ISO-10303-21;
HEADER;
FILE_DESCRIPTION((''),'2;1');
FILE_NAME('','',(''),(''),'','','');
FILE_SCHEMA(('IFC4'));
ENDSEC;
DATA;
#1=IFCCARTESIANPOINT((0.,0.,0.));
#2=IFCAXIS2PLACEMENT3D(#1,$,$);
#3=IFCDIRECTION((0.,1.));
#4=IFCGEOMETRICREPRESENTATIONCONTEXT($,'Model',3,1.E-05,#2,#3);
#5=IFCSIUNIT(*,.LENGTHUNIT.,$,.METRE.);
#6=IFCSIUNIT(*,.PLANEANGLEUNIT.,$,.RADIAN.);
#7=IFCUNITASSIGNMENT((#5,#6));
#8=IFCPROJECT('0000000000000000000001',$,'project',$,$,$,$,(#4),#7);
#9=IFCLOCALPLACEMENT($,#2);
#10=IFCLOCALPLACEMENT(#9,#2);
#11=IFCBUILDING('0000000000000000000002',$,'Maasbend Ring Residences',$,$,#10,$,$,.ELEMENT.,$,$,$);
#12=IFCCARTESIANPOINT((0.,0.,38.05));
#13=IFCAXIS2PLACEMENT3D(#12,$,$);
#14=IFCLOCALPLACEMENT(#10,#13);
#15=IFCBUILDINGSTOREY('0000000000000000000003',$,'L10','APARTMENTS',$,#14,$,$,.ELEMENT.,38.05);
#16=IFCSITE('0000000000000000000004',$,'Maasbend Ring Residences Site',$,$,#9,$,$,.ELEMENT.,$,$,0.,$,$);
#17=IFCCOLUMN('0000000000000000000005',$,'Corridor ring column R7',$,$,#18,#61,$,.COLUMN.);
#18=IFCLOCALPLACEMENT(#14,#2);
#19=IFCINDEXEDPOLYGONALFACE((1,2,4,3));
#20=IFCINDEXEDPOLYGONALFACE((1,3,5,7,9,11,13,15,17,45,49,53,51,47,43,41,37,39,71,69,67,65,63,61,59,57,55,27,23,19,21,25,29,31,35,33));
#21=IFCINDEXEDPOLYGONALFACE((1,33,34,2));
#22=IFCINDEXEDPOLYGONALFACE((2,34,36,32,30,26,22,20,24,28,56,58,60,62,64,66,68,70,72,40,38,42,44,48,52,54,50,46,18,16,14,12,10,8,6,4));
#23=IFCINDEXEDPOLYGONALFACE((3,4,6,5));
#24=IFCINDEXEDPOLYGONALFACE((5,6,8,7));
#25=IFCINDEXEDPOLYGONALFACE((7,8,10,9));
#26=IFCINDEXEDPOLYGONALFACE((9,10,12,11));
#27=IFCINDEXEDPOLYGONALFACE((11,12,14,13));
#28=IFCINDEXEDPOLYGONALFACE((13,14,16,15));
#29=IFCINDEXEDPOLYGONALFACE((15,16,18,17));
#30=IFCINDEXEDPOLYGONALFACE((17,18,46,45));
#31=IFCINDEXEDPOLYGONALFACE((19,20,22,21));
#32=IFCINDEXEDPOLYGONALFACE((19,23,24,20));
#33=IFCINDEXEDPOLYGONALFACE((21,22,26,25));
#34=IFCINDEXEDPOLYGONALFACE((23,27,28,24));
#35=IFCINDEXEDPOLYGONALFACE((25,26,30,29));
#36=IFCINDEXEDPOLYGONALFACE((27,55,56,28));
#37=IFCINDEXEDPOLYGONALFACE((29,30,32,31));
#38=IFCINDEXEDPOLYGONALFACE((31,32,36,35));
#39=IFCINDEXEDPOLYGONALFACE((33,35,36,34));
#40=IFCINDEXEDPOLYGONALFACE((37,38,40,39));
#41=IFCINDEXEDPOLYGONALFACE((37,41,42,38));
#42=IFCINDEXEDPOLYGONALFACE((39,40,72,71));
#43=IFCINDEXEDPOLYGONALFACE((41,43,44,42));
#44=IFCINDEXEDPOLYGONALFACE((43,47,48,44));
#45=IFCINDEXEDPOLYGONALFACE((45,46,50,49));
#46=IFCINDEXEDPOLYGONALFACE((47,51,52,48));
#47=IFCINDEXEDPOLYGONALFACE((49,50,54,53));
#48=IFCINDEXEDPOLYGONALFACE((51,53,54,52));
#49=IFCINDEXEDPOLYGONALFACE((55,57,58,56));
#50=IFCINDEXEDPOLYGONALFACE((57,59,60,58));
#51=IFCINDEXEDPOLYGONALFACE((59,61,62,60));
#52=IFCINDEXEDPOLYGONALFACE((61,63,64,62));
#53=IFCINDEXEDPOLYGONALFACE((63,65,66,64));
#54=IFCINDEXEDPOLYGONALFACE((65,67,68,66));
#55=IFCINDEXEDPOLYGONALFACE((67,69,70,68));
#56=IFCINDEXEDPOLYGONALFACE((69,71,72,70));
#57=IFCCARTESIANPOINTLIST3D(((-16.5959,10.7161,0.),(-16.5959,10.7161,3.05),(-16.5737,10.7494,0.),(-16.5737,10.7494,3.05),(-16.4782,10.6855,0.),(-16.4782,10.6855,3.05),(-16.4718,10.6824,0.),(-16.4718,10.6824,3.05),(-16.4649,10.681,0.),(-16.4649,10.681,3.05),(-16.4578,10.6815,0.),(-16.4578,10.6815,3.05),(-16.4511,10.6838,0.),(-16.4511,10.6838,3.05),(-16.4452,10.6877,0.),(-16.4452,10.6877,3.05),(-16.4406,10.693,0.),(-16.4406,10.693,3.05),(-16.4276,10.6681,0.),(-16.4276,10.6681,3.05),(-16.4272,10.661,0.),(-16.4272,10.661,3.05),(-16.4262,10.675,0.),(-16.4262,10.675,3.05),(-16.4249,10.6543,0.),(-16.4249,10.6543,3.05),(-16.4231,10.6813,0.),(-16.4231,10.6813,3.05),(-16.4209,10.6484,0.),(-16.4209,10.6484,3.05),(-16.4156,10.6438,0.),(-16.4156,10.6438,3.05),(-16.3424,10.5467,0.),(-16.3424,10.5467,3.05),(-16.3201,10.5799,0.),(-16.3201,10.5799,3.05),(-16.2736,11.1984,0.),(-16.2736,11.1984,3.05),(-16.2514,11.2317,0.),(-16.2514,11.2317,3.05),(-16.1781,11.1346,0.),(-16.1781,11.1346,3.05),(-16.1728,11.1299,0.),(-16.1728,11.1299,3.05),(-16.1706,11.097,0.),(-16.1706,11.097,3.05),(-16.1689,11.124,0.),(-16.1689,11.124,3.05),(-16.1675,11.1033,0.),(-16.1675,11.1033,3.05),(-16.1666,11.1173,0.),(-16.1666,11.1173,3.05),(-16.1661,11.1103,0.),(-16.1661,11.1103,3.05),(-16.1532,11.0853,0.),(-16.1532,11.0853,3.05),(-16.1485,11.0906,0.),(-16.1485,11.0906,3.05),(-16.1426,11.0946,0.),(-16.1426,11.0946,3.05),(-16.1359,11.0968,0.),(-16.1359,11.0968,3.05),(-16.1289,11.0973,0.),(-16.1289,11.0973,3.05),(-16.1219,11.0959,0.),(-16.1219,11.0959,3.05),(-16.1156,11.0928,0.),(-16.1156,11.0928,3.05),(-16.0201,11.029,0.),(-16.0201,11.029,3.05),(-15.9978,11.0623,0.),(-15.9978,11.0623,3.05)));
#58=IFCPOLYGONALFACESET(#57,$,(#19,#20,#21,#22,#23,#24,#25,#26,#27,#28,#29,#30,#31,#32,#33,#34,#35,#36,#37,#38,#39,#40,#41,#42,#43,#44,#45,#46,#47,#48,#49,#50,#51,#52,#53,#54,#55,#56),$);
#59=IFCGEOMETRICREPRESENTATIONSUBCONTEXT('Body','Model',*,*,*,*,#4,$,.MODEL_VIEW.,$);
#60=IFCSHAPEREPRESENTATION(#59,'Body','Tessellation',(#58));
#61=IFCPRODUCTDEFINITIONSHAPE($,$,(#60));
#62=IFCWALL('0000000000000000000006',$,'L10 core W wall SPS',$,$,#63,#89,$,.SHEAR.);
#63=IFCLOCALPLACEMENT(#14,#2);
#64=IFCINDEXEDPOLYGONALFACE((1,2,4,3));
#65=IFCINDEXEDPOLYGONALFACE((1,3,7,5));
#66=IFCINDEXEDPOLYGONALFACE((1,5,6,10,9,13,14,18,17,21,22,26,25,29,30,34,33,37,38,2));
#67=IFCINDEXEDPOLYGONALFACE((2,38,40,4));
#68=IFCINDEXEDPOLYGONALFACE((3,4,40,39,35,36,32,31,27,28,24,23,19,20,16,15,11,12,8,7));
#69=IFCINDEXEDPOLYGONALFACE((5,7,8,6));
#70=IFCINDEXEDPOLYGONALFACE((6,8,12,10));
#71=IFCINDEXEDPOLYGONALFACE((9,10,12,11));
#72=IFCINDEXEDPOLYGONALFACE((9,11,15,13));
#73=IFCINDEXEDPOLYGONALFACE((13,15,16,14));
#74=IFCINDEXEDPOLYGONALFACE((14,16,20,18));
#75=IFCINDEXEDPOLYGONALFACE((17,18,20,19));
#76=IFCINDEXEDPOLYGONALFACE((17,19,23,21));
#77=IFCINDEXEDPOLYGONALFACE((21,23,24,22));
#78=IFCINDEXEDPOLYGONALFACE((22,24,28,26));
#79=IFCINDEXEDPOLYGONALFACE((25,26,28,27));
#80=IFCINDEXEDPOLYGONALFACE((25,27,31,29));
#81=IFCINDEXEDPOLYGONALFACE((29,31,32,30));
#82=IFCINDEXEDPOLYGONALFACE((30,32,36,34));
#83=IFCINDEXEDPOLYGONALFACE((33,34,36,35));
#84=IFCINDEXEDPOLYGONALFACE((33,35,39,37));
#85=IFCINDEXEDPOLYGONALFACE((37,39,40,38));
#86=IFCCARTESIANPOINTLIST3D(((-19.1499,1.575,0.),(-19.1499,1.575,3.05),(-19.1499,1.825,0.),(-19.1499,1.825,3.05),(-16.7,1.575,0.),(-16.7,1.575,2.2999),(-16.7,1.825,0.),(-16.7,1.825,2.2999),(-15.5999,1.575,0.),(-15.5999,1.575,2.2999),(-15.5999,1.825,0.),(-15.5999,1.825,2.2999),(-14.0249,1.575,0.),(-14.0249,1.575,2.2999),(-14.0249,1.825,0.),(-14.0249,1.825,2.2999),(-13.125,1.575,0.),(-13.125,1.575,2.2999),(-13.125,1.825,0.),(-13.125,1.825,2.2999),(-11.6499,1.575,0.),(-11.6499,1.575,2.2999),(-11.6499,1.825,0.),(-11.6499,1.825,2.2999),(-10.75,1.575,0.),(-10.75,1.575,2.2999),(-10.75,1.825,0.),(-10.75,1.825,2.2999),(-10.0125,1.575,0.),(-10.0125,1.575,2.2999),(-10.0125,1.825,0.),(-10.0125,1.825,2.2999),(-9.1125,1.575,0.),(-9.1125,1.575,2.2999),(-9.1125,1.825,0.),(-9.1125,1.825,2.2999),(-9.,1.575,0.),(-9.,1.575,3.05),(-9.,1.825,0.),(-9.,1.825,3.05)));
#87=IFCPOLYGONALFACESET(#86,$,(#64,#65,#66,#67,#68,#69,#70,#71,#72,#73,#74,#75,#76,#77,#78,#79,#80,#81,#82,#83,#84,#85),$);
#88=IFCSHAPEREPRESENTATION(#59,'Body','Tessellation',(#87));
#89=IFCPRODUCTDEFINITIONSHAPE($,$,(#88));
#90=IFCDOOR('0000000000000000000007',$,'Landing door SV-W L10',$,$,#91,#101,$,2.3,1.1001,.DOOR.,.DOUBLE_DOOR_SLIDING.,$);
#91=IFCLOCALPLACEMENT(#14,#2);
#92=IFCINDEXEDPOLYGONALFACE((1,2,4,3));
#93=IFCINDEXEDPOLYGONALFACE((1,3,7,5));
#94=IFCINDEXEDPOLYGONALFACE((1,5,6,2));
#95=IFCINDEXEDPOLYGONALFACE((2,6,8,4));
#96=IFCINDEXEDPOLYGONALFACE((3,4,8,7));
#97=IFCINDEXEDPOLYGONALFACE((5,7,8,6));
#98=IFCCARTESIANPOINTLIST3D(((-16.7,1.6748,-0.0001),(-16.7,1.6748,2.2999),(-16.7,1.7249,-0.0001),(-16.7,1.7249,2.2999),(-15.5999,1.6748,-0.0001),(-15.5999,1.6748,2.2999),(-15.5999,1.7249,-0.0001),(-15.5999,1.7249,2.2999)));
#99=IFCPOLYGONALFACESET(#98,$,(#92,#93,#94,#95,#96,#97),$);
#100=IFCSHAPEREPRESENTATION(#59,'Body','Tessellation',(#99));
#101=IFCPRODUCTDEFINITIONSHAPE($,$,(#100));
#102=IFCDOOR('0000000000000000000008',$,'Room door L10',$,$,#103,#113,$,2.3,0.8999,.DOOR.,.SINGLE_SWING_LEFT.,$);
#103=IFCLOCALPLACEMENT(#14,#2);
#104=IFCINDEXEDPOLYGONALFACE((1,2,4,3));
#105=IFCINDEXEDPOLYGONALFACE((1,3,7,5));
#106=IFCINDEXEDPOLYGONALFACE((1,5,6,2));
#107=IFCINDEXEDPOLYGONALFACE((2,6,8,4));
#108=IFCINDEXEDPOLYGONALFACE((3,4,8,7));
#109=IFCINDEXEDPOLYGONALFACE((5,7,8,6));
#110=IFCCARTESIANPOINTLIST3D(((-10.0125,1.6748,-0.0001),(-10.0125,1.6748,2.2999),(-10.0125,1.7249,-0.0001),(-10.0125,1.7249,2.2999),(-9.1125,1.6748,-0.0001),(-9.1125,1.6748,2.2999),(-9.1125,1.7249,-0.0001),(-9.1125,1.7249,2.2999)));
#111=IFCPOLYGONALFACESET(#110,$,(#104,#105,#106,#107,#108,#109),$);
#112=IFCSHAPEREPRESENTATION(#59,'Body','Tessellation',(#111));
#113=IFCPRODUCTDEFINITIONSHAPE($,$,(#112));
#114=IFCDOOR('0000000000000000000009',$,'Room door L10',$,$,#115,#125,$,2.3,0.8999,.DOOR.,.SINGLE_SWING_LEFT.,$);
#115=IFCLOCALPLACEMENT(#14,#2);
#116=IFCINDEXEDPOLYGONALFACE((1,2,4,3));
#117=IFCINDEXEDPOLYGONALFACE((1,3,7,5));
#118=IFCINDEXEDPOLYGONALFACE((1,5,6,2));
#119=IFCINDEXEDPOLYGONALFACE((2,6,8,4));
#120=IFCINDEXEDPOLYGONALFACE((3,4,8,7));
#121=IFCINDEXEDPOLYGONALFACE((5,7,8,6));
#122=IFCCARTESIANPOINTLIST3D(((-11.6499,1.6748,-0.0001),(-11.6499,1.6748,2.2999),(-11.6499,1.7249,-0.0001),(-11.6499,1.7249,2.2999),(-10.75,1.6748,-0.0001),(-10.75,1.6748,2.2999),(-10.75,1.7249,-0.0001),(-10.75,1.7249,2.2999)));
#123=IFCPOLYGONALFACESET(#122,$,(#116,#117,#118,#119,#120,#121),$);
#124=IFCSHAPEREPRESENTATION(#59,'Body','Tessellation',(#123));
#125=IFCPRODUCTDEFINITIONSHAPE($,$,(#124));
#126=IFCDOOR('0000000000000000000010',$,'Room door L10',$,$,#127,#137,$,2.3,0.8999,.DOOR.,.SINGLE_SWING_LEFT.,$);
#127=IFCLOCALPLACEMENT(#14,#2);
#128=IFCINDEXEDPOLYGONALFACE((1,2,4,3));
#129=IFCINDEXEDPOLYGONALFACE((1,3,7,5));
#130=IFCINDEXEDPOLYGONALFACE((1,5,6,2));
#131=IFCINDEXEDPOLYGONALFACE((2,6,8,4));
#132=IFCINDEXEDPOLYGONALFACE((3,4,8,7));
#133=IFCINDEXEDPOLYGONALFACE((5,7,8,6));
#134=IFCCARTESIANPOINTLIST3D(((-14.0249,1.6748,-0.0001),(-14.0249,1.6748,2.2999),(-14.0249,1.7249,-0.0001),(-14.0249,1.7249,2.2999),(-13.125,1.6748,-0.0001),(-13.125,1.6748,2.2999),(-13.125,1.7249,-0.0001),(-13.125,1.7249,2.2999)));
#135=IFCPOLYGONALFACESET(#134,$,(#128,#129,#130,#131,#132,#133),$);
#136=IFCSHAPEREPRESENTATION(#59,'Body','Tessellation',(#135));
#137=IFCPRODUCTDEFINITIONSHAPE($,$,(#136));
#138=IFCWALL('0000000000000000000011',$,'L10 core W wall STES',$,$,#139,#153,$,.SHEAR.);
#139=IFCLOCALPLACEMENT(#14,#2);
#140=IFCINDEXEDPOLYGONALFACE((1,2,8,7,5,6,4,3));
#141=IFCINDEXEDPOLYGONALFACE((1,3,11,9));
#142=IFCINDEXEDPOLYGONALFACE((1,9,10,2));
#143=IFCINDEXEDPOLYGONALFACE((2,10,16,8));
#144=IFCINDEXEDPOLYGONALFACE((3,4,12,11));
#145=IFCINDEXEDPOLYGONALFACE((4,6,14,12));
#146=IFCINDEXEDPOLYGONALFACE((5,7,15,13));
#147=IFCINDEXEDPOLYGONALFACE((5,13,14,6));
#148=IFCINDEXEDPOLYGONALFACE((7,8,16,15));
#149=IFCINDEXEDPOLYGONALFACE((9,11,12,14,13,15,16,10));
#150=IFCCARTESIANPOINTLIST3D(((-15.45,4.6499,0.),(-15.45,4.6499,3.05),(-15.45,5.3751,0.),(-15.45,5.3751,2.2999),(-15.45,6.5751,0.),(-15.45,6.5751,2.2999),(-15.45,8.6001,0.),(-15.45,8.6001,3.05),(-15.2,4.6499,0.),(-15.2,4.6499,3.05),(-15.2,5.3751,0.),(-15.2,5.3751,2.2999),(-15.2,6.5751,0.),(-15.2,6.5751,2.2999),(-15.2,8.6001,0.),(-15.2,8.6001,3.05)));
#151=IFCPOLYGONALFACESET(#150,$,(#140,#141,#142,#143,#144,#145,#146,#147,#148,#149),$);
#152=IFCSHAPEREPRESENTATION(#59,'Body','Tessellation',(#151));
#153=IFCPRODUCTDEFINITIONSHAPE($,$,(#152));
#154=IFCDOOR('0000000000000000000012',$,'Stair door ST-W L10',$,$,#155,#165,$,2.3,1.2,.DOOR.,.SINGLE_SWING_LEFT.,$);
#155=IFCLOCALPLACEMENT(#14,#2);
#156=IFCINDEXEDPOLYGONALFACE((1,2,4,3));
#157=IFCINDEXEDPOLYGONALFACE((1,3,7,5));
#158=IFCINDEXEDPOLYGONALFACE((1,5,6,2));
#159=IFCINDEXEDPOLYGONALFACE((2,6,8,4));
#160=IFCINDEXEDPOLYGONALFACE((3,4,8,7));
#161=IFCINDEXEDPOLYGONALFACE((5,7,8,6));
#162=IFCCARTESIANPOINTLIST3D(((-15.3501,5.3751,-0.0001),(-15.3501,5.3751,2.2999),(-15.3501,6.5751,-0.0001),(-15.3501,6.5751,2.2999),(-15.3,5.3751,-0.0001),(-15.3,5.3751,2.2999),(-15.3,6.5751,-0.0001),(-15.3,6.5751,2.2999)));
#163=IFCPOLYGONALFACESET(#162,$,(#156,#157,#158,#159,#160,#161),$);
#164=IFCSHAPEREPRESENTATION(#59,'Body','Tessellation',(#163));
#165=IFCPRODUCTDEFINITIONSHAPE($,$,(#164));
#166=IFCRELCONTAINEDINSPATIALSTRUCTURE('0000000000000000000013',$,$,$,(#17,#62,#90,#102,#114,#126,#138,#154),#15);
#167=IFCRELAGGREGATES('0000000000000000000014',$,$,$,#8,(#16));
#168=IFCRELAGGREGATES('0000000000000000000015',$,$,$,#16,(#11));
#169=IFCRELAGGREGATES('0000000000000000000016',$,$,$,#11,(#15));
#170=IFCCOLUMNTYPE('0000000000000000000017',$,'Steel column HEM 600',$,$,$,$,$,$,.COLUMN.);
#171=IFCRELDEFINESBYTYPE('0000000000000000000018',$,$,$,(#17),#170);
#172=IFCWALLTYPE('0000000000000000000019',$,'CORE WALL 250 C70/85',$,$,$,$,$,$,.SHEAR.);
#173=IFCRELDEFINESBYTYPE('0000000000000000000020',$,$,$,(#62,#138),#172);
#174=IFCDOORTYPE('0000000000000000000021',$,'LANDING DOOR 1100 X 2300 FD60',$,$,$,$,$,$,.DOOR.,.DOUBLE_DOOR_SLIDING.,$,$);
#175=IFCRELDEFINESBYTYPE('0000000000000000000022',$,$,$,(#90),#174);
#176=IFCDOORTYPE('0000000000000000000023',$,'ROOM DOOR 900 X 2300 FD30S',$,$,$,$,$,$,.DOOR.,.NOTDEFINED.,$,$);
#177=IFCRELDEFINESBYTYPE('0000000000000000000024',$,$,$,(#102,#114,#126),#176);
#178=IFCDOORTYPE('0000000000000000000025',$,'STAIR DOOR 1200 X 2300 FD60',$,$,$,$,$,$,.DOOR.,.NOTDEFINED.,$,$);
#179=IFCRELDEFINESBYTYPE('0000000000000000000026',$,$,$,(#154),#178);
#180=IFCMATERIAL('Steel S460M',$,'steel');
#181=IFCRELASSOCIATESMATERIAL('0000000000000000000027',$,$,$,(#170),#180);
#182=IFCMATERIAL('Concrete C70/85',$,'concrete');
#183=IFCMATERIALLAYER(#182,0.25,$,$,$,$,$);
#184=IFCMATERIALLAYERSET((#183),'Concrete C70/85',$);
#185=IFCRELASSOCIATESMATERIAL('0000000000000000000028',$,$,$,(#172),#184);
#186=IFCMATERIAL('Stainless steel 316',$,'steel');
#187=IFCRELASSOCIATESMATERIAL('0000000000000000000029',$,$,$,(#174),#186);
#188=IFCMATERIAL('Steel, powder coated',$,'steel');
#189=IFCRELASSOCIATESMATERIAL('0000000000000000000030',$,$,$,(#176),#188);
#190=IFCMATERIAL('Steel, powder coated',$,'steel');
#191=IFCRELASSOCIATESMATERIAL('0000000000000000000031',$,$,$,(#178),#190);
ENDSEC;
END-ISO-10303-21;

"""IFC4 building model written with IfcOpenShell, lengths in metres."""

from ifc_helpers import new_model, si_unit, direction, frame, frame_2d, origin, origin_2d, place, context, subcontext, project, spatial, rectangle, i_section, extrude, material, layer, layer_set, material_profile, profile_set, type_object, element, fill, save


model = new_model("IFC4")

# Units and contexts
model_context = context("Model", 3, precision=1e-05, world=origin(), true_north=direction((0.0, 1.0)))
body_context = subcontext(model_context, "Body", "Model", "MODEL_VIEW")
ifc_project = project(units=[si_unit("LENGTHUNIT", "METRE"), si_unit("PLANEANGLEUNIT", "RADIAN")], contexts=[model_context])

# Site, building, storey
site_placement = place(None, origin())
site = spatial("IfcSite", under=ifc_project, at=site_placement, Name="Maasbend Ring Residences Site", CompositionType="ELEMENT", RefElevation=0.0)
building_placement = place(site_placement, origin())
building = spatial("IfcBuilding", under=site, at=building_placement, Name="Maasbend Ring Residences", CompositionType="ELEMENT")
storey_placement = place(building_placement, frame((0.0, 0.0, 38.05)))
storey = spatial("IfcBuildingStorey", under=building, at=storey_placement, Name="L10", Description="APARTMENTS", CompositionType="ELEMENT", Elevation=38.05)

# Column
ifc_material_1 = material(Name="Steel S460M", Category="steel")
ifc_material_profile = material_profile(ifc_material_1, i_section(OverallWidth=0.3049, OverallDepth=0.6201, WebThickness=0.021, FlangeThickness=0.04, FilletRadius=0.0271, at=origin_2d()), Name="HEM 600")
ifc_profile_set = profile_set([ifc_material_profile], Name="Steel S460M")
column_type = type_object("IfcColumnType", Name="Steel column HEM 600", PredefinedType="COLUMN", material=ifc_profile_set)
column_placement = place(storey_placement, frame((-16.2969, 10.8892, 0.0), z_axis=(0.0, 0.0, 1.0), x_axis=(-0.83147, 0.55557, 0.0)))
element("IfcColumn", 1, at=column_placement, inside=storey, type_object=column_type, Name="Corridor ring column R7", PredefinedType="COLUMN", context=body_context, shape_type="SweptSolid", body=[
    extrude(i_section(OverallWidth=0.3049, OverallDepth=0.6201, WebThickness=0.021, FlangeThickness=0.04, FilletRadius=0.0271, at=origin_2d()), origin(), (0.0, 0.0, 1.0), 3.05),
])

# Wall, openings, doors
ifc_material_2 = material(Name="Concrete C70/85", Category="concrete")
ifc_layer_1 = layer(ifc_material_2, 0.25)
ifc_layer_set_1 = layer_set([ifc_layer_1], Name="Concrete C70/85")
wall_type_1 = type_object("IfcWallType", Name="CORE WALL 250 C70/85", PredefinedType="SHEAR", material=ifc_layer_set_1)
wall_1_placement = place(storey_placement, frame((-19.1499, 1.7, 0.0), z_axis=(0.0, 0.0, 1.0), x_axis=(1.0, 0.0, 0.0)))
wall_1 = element("IfcWall", 2, at=wall_1_placement, inside=storey, type_object=wall_type_1, Name="L10 core W wall SPS", PredefinedType="SHEAR", context=body_context, shape_type="SweptSolid", body=[
    extrude(rectangle(XDim=10.1499, YDim=0.25, at=frame_2d((5.075, 0.0))), origin(), (0.0, 0.0, 1.0), 3.05),
])
opening_1_placement = place(wall_1_placement, frame((2.45, 0.0, 0.0)))
opening_1 = element("IfcOpeningElement", 3, at=opening_1_placement, cuts=wall_1, PredefinedType="OPENING", context=body_context, shape_type="SweptSolid", body=[
    extrude(rectangle(XDim=1.1001, YDim=2.3, at=frame_2d((0.55, 1.1499))), frame((0.0, 0.135, 0.0), z_axis=(0.0, -1.0, 0.0), x_axis=(1.0, 0.0, 0.0)), (0.0, 0.0, 1.0), 0.27),
])
opening_2_placement = place(wall_1_placement, frame((9.1375, 0.0, 0.0)))
opening_2 = element("IfcOpeningElement", 4, at=opening_2_placement, cuts=wall_1, PredefinedType="OPENING", context=body_context, shape_type="SweptSolid", body=[
    extrude(rectangle(XDim=0.8999, YDim=2.3, at=frame_2d((0.45, 1.1499))), frame((0.0, 0.135, 0.0), z_axis=(0.0, -1.0, 0.0), x_axis=(1.0, 0.0, 0.0)), (0.0, 0.0, 1.0), 0.27),
])
opening_3_placement = place(wall_1_placement, frame((7.5, 0.0, 0.0)))
opening_3 = element("IfcOpeningElement", 5, at=opening_3_placement, cuts=wall_1, PredefinedType="OPENING", context=body_context, shape_type="SweptSolid", body=[
    extrude(rectangle(XDim=0.8999, YDim=2.3, at=frame_2d((0.45, 1.1499))), frame((0.0, 0.135, 0.0), z_axis=(0.0, -1.0, 0.0), x_axis=(1.0, 0.0, 0.0)), (0.0, 0.0, 1.0), 0.27),
])
opening_4_placement = place(wall_1_placement, frame((5.125, 0.0, 0.0)))
opening_4 = element("IfcOpeningElement", 6, at=opening_4_placement, cuts=wall_1, PredefinedType="OPENING", context=body_context, shape_type="SweptSolid", body=[
    extrude(rectangle(XDim=0.8999, YDim=2.3, at=frame_2d((0.45, 1.1499))), frame((0.0, 0.135, 0.0), z_axis=(0.0, -1.0, 0.0), x_axis=(1.0, 0.0, 0.0)), (0.0, 0.0, 1.0), 0.27),
])
ifc_material_3 = material(Name="Stainless steel 316", Category="steel")
door_type_1 = type_object("IfcDoorType", Name="LANDING DOOR 1100 X 2300 FD60", OperationType="DOUBLE_DOOR_SLIDING", PredefinedType="DOOR", material=ifc_material_3)
door_1_placement = place(opening_1_placement, origin())
door_1 = element("IfcDoor", 7, at=door_1_placement, inside=storey, type_object=door_type_1, Name="Landing door SV-W L10", OperationType="DOUBLE_DOOR_SLIDING", OverallHeight=2.3, OverallWidth=1.1001, PredefinedType="DOOR", context=body_context, shape_type="SweptSolid", body=[
    extrude(rectangle(XDim=1.1001, YDim=2.3, at=frame_2d((0.55, 1.1499))), frame((0.0, 0.0249, 0.0), z_axis=(0.0, -1.0, 0.0), x_axis=(1.0, 0.0, 0.0)), (0.0, 0.0, 1.0), 0.05),
])
fill(opening_1, door_1)
ifc_material_4 = material(Name="Steel, powder coated", Category="steel")
door_type_2 = type_object("IfcDoorType", Name="ROOM DOOR 900 X 2300 FD30S", OperationType="NOTDEFINED", PredefinedType="DOOR", material=ifc_material_4)
door_2_placement = place(opening_2_placement, origin())
door_2 = element("IfcDoor", 8, at=door_2_placement, inside=storey, type_object=door_type_2, Name="Room door L10", OperationType="SINGLE_SWING_LEFT", OverallHeight=2.3, OverallWidth=0.8999, PredefinedType="DOOR", context=body_context, shape_type="SweptSolid", body=[
    extrude(rectangle(XDim=0.8999, YDim=2.3, at=frame_2d((0.45, 1.1499))), frame((0.0, 0.0249, 0.0), z_axis=(0.0, -1.0, 0.0), x_axis=(1.0, 0.0, 0.0)), (0.0, 0.0, 1.0), 0.05),
])
fill(opening_2, door_2)
door_3_placement = place(opening_3_placement, origin())
door_3 = element("IfcDoor", 9, at=door_3_placement, inside=storey, type_object=door_type_2, Name="Room door L10", OperationType="SINGLE_SWING_LEFT", OverallHeight=2.3, OverallWidth=0.8999, PredefinedType="DOOR", context=body_context, shape_type="SweptSolid", body=[
    extrude(rectangle(XDim=0.8999, YDim=2.3, at=frame_2d((0.45, 1.1499))), frame((0.0, 0.0249, 0.0), z_axis=(0.0, -1.0, 0.0), x_axis=(1.0, 0.0, 0.0)), (0.0, 0.0, 1.0), 0.05),
])
fill(opening_3, door_3)
door_4_placement = place(opening_4_placement, origin())
door_4 = element("IfcDoor", 10, at=door_4_placement, inside=storey, type_object=door_type_2, Name="Room door L10", OperationType="SINGLE_SWING_LEFT", OverallHeight=2.3, OverallWidth=0.8999, PredefinedType="DOOR", context=body_context, shape_type="SweptSolid", body=[
    extrude(rectangle(XDim=0.8999, YDim=2.3, at=frame_2d((0.45, 1.1499))), frame((0.0, 0.0249, 0.0), z_axis=(0.0, -1.0, 0.0), x_axis=(1.0, 0.0, 0.0)), (0.0, 0.0, 1.0), 0.05),
])
fill(opening_4, door_4)

# Wall, opening, door
wall_2_placement = place(storey_placement, frame((-15.325, 8.6001, 0.0), z_axis=(0.0, 0.0, 1.0), x_axis=(0.0, -1.0, 0.0)))
wall_2 = element("IfcWall", 11, at=wall_2_placement, inside=storey, type_object=wall_type_1, Name="L10 core W wall STES", PredefinedType="SHEAR", context=body_context, shape_type="SweptSolid", body=[
    extrude(rectangle(XDim=3.9502, YDim=0.25, at=frame_2d((1.9751, 0.0))), origin(), (0.0, 0.0, 1.0), 3.05),
])
opening_5_placement = place(wall_2_placement, frame((2.0249, 0.0, 0.0)))
opening_5 = element("IfcOpeningElement", 12, at=opening_5_placement, cuts=wall_2, PredefinedType="OPENING", context=body_context, shape_type="SweptSolid", body=[
    extrude(rectangle(XDim=1.2, YDim=2.3, at=frame_2d((0.6001, 1.1499))), frame((0.0, 0.135, 0.0), z_axis=(0.0, -1.0, 0.0), x_axis=(1.0, 0.0, 0.0)), (0.0, 0.0, 1.0), 0.27),
])
ifc_material_5 = material(Name="Steel, powder coated", Category="steel")
door_type_3 = type_object("IfcDoorType", Name="STAIR DOOR 1200 X 2300 FD60", OperationType="NOTDEFINED", PredefinedType="DOOR", material=ifc_material_5)
door_5_placement = place(opening_5_placement, origin())
door_5 = element("IfcDoor", 13, at=door_5_placement, inside=storey, type_object=door_type_3, Name="Stair door ST-W L10", OperationType="SINGLE_SWING_LEFT", OverallHeight=2.3, OverallWidth=1.2, PredefinedType="DOOR", context=body_context, shape_type="SweptSolid", body=[
    extrude(rectangle(XDim=1.2, YDim=2.3, at=frame_2d((0.6001, 1.1499))), frame((0.0, 0.0249, 0.0), z_axis=(0.0, -1.0, 0.0), x_axis=(1.0, 0.0, 0.0)), (0.0, 0.0, 1.0), 0.05),
])
fill(opening_5, door_5)

save(model, "model.ifc")
